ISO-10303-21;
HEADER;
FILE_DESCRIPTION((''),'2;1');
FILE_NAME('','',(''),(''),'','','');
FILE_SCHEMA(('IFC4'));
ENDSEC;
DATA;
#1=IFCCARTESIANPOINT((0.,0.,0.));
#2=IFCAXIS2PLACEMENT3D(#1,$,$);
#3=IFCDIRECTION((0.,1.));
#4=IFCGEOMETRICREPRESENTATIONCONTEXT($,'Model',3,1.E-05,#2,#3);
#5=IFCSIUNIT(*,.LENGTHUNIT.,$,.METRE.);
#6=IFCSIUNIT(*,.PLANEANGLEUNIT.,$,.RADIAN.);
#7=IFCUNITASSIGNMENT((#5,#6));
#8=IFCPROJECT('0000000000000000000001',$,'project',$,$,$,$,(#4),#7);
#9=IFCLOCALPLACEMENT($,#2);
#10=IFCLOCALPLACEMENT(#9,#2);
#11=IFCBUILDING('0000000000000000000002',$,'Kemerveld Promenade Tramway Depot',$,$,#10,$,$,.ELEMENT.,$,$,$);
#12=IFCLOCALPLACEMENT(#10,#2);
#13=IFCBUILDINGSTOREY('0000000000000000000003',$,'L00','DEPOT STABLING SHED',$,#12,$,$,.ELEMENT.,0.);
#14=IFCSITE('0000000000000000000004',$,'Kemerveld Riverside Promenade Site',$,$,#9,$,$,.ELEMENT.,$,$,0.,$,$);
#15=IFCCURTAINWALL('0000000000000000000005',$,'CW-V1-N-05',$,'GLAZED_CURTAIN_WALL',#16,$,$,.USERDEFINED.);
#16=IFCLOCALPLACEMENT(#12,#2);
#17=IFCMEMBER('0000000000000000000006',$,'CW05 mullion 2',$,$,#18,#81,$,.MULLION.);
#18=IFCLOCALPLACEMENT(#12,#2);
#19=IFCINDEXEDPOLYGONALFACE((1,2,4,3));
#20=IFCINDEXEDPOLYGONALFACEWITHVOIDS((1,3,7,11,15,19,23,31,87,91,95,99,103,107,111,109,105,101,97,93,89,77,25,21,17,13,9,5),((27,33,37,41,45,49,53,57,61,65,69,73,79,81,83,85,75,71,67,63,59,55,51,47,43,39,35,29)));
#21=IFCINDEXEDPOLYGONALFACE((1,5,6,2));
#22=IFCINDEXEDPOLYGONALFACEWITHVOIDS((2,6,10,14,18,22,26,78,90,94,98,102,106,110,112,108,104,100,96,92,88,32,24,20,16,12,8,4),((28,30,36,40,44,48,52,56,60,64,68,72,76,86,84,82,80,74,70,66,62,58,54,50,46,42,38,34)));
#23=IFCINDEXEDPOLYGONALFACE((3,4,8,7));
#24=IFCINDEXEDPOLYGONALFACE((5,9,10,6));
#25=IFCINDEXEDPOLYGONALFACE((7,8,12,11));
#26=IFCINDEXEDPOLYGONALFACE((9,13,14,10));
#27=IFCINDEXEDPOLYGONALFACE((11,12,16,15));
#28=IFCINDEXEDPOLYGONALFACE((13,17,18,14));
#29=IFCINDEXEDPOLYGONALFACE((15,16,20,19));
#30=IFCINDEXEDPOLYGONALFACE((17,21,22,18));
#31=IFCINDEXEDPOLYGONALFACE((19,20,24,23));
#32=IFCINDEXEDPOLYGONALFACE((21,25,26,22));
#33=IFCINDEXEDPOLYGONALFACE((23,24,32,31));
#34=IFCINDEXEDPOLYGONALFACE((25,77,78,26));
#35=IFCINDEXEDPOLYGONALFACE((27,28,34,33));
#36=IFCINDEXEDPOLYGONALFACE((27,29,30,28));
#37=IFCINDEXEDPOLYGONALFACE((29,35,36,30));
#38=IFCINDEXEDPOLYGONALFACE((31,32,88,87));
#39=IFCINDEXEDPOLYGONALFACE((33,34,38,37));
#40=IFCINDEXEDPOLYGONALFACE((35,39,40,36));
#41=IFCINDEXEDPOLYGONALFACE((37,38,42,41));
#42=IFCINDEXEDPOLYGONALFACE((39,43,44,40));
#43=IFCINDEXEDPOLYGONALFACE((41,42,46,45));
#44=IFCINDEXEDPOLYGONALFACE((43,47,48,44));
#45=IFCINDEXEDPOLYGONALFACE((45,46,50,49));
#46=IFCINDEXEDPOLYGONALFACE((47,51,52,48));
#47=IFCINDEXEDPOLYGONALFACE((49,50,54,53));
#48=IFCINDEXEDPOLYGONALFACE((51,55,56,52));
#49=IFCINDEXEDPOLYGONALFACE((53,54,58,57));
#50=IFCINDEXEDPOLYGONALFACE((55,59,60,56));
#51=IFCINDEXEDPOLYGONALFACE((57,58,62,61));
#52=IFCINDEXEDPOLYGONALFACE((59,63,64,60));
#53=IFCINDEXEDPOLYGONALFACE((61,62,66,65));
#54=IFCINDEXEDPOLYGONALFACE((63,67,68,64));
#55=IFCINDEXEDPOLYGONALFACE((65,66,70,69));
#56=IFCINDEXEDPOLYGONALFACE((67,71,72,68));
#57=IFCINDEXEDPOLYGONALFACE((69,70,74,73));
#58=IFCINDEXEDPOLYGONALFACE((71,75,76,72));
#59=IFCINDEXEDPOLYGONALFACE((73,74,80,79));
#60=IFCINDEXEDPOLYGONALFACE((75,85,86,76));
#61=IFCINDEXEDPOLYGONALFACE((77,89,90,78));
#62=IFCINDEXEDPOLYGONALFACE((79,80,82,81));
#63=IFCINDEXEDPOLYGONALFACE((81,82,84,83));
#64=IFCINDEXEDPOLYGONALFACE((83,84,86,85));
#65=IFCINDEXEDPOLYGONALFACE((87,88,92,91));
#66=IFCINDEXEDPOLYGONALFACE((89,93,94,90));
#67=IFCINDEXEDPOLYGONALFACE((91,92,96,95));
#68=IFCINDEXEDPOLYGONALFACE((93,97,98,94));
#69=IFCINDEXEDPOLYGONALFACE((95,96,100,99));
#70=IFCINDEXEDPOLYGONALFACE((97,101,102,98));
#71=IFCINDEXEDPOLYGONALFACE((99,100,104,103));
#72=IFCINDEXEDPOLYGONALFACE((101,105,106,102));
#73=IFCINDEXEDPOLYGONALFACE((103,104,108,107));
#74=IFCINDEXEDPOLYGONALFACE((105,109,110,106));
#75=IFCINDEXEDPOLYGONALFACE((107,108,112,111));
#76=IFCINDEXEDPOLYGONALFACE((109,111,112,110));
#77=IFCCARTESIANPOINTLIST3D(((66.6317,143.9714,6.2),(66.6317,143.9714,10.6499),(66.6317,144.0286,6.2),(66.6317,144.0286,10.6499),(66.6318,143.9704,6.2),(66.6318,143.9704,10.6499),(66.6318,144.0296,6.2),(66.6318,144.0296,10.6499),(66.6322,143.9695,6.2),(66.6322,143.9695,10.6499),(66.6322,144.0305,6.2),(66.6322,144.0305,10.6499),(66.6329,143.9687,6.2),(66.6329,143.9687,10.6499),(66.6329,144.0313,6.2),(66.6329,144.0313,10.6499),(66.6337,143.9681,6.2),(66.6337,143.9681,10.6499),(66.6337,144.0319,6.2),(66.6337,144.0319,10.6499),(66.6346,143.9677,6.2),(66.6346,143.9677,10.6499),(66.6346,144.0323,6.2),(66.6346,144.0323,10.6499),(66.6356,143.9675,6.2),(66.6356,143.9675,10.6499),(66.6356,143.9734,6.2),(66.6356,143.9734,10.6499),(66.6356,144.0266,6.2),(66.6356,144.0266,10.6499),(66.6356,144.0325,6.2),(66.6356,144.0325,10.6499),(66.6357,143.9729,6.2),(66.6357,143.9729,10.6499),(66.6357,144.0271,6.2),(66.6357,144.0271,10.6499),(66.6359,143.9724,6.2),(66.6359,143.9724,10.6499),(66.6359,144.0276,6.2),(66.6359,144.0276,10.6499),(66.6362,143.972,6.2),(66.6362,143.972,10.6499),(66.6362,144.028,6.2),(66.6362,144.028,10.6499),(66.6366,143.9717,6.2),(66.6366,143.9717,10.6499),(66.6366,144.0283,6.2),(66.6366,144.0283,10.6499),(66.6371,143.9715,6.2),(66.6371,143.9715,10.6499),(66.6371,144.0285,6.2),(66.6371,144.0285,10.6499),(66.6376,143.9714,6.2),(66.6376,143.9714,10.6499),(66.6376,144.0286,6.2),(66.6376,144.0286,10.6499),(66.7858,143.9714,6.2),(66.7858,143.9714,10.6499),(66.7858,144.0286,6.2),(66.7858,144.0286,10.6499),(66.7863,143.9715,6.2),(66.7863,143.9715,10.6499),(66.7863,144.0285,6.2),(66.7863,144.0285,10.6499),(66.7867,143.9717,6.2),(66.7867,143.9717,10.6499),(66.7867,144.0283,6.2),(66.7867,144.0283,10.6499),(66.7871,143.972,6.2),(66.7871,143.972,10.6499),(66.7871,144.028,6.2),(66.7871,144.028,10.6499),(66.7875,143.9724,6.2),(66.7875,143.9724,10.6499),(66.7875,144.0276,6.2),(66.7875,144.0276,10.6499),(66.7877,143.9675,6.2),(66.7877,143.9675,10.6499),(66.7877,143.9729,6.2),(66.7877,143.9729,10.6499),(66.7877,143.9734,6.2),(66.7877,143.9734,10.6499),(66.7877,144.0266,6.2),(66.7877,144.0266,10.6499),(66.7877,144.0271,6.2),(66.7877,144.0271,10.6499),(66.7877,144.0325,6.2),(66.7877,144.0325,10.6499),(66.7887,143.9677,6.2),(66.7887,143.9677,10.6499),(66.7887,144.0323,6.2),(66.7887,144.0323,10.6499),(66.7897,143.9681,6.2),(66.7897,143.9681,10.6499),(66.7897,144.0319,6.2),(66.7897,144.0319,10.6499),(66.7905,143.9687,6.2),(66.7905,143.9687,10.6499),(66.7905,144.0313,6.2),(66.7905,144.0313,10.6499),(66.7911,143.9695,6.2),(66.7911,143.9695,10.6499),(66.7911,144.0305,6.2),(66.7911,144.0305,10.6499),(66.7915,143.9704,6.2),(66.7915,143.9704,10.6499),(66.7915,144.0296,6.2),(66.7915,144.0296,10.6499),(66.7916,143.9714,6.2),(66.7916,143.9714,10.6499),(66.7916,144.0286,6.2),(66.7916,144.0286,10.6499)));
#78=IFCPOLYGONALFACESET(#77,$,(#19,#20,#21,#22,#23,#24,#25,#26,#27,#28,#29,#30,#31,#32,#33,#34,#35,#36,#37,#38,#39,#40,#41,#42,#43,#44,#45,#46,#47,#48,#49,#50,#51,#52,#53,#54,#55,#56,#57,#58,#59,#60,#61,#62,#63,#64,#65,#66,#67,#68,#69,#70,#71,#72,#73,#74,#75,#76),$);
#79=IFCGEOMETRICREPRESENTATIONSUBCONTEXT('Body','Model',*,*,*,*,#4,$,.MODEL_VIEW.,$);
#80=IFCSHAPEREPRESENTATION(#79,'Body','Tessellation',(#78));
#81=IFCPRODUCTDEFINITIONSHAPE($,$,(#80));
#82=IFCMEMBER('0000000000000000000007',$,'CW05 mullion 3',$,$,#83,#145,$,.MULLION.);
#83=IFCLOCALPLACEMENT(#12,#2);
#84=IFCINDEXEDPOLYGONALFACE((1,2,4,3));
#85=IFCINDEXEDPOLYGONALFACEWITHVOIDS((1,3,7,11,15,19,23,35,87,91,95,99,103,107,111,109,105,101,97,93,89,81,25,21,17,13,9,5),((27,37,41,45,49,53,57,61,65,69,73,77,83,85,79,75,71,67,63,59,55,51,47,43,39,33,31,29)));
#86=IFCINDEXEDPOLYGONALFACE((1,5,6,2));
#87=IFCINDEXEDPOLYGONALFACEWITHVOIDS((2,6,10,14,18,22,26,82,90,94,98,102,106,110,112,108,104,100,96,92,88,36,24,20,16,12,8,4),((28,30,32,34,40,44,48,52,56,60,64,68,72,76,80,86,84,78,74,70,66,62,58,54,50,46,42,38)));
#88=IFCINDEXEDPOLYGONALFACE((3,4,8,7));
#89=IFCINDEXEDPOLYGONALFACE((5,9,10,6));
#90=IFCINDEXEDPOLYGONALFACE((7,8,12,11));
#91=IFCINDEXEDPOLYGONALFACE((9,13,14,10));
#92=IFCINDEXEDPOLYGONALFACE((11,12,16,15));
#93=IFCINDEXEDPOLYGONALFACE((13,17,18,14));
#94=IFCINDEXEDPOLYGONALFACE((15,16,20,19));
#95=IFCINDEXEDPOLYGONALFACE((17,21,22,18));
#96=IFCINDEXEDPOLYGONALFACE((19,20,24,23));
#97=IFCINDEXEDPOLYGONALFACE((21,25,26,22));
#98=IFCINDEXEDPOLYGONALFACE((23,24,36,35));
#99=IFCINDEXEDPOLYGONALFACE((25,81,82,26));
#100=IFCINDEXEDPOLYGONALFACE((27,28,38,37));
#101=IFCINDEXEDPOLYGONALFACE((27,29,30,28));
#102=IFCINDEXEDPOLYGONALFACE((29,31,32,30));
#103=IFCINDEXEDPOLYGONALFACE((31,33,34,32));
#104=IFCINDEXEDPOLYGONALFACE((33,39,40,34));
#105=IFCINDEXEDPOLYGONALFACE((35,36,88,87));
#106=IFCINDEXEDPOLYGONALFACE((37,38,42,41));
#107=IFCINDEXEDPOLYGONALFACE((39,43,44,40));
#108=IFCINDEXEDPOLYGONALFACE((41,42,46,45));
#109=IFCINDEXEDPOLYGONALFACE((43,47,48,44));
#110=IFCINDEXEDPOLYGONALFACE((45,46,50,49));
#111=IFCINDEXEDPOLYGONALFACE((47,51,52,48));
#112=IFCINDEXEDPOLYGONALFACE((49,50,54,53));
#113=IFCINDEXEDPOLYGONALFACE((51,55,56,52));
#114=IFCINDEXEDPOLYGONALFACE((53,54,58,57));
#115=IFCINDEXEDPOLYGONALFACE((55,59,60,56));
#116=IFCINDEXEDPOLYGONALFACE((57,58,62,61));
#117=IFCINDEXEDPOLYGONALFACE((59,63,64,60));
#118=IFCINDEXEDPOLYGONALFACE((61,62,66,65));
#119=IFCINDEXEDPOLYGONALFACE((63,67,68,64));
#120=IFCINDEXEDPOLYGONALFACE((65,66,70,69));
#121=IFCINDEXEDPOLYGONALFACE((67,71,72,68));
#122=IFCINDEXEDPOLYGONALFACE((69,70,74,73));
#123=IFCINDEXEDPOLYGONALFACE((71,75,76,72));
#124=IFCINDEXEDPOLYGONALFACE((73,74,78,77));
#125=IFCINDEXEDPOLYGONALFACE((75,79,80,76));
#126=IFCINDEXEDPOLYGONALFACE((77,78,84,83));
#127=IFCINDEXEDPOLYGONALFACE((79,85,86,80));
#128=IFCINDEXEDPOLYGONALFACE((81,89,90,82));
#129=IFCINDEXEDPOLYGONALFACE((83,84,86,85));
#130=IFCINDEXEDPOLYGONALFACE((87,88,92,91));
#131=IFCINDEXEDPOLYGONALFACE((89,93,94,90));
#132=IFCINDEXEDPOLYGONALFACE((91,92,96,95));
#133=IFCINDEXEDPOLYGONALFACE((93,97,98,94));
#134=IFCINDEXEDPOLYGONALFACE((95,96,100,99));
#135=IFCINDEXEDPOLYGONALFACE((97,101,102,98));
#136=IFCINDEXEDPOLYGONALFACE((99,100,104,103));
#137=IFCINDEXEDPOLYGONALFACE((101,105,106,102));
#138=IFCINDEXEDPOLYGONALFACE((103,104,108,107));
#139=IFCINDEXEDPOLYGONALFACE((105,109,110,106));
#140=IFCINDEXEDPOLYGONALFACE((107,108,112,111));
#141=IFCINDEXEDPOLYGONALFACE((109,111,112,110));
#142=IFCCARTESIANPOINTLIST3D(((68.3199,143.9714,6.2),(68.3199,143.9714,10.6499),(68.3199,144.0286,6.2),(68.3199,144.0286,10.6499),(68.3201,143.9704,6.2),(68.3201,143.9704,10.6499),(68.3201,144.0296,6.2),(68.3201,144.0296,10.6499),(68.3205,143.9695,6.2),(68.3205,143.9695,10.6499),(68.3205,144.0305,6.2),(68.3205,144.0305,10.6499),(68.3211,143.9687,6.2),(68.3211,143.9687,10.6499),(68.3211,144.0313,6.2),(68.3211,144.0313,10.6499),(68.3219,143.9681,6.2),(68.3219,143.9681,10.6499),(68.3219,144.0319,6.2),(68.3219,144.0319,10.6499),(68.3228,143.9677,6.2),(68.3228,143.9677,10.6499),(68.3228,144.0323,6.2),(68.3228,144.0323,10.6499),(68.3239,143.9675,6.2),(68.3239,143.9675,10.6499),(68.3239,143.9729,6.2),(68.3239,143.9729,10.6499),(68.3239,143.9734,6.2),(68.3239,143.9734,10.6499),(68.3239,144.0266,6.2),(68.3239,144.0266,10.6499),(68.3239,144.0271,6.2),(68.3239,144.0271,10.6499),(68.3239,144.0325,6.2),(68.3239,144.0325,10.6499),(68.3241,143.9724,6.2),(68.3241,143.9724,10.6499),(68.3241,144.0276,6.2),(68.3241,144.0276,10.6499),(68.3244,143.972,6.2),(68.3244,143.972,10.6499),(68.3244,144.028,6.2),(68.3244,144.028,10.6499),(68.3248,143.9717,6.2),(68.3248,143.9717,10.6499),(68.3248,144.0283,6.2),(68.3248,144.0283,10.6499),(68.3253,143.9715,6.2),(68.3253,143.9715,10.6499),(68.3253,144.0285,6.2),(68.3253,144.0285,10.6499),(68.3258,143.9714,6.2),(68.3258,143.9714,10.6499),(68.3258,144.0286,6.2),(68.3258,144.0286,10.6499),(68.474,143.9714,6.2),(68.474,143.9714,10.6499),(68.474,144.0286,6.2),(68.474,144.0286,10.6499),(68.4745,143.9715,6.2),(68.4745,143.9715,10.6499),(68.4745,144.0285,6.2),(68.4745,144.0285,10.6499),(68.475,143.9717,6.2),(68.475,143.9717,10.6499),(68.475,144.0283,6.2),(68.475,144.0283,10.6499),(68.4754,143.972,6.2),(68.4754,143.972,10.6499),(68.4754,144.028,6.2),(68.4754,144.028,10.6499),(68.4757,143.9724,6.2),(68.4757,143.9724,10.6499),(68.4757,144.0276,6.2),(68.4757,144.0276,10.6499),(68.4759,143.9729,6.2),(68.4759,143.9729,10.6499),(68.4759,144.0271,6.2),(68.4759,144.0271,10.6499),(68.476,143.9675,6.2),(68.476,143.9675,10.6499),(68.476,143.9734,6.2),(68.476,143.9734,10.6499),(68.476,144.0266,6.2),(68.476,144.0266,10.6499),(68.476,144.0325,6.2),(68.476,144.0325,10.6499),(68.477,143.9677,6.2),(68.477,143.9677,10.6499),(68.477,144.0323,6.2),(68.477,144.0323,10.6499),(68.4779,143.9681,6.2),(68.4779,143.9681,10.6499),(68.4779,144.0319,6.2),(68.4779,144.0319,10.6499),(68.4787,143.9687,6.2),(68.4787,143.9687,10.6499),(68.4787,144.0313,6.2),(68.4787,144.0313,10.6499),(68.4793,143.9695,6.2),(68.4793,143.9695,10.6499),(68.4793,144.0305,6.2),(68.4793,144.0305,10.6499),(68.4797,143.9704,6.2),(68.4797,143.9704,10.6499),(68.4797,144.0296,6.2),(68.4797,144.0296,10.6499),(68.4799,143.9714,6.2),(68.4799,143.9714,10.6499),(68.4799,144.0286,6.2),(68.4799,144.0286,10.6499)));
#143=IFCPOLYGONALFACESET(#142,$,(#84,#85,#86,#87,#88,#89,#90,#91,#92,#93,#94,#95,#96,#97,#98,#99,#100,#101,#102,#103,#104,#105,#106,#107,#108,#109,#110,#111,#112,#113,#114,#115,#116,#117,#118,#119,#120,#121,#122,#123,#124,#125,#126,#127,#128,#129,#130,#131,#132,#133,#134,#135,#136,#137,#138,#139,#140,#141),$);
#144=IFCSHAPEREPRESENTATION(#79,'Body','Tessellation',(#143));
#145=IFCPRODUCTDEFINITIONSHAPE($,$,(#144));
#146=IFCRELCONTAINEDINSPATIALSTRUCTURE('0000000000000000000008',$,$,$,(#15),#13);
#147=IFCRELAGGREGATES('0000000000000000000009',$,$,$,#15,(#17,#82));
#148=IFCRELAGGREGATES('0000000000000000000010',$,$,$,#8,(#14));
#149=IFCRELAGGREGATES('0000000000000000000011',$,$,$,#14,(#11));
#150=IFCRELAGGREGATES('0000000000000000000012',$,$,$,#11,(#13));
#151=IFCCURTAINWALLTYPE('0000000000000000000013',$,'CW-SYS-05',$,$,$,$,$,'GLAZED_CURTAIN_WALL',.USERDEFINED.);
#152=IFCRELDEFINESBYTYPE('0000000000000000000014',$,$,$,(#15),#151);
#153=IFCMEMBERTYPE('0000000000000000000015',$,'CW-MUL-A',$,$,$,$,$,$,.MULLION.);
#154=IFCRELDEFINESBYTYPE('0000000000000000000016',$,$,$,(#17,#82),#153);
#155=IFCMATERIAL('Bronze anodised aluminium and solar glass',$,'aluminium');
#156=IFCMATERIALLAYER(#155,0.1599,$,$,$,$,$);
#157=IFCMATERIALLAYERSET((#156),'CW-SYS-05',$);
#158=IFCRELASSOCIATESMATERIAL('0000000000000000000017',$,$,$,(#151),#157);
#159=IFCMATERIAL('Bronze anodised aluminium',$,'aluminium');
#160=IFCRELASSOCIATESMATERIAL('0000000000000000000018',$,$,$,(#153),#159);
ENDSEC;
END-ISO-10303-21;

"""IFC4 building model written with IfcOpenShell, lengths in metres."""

from ifc_helpers import new_model, si_unit, direction, frame, origin, origin_2d, place, context, subcontext, project, spatial, hollow_rectangle, extrude, material, layer, layer_set, material_profile, profile_set, type_object, element, aggregate, save


model = new_model("IFC4")

# Units and contexts
model_context = context("Model", 3, precision=1e-05, world=origin(), true_north=direction((0.0, 1.0)))
body_context = subcontext(model_context, "Body", "Model", "MODEL_VIEW")
ifc_project = project(units=[si_unit("LENGTHUNIT", "METRE"), si_unit("PLANEANGLEUNIT", "RADIAN")], contexts=[model_context])

# Site, building, storey
site_placement = place(None, origin())
site = spatial("IfcSite", under=ifc_project, at=site_placement, Name="Kemerveld Riverside Promenade Site", CompositionType="ELEMENT", RefElevation=0.0)
building_placement = place(site_placement, origin())
building = spatial("IfcBuilding", under=site, at=building_placement, Name="Kemerveld Promenade Tramway Depot", CompositionType="ELEMENT")
storey_placement = place(building_placement, origin())
storey = spatial("IfcBuildingStorey", under=building, at=storey_placement, Name="L00", Description="DEPOT STABLING SHED", CompositionType="ELEMENT", Elevation=0.0)

# Curtain wall, members
ifc_material_1 = material(Name="Bronze anodised aluminium and solar glass", Category="aluminium")
ifc_layer_1 = layer(ifc_material_1, 0.1599)
ifc_layer_set_1 = layer_set([ifc_layer_1], Name="CW-SYS-05")
curtain_wall_type_1 = type_object("IfcCurtainWallType", Name="CW-SYS-05", ElementType="GLAZED_CURTAIN_WALL", PredefinedType="USERDEFINED", material=ifc_layer_set_1)
curtain_wall_1_placement = place(storey_placement, origin())
curtain_wall_1 = element("IfcCurtainWall", 1, at=curtain_wall_1_placement, inside=storey, type_object=curtain_wall_type_1, Name="CW-V1-N-05", ObjectType="GLAZED_CURTAIN_WALL", PredefinedType="USERDEFINED")
ifc_material_2 = material(Name="Bronze anodised aluminium", Category="aluminium")
ifc_material_profile_1 = material_profile(ifc_material_2, hollow_rectangle(XDim=0.0649, YDim=0.1599, WallThickness=0.0039, InnerFilletRadius=0.002, OuterFilletRadius=0.0039, at=origin_2d()), Name="CW-MUL-160x65")
ifc_profile_set_1 = profile_set([ifc_material_profile_1], Name="Bronze anodised aluminium")
member_type_1 = type_object("IfcMemberType", Name="CW-MUL-A", PredefinedType="MULLION", material=ifc_profile_set_1)
member_1_placement = place(storey_placement, frame((66.7117, 144.0, 6.2), z_axis=(0.0, 0.0, 1.0), x_axis=(0.0, 1.0, 0.0)))
member_1 = element("IfcMember", 2, at=member_1_placement, type_object=member_type_1, Name="CW05 mullion 2", PredefinedType="MULLION", context=body_context, shape_type="SweptSolid", body=[
    extrude(hollow_rectangle(XDim=0.0649, YDim=0.1599, WallThickness=0.0039, InnerFilletRadius=0.002, OuterFilletRadius=0.0039, at=origin_2d()), origin(), (0.0, 0.0, 1.0), 4.45),
])
member_2_placement = place(storey_placement, frame((68.3999, 144.0, 6.2), z_axis=(0.0, 0.0, 1.0), x_axis=(0.0, 1.0, 0.0)))
member_2 = element("IfcMember", 3, at=member_2_placement, type_object=member_type_1, Name="CW05 mullion 3", PredefinedType="MULLION", context=body_context, shape_type="SweptSolid", body=[
    extrude(hollow_rectangle(XDim=0.0649, YDim=0.1599, WallThickness=0.0039, InnerFilletRadius=0.002, OuterFilletRadius=0.0039, at=origin_2d()), origin(), (0.0, 0.0, 1.0), 4.45),
])

aggregate(curtain_wall_1, [member_1, member_2])

save(model, "model.ifc")
